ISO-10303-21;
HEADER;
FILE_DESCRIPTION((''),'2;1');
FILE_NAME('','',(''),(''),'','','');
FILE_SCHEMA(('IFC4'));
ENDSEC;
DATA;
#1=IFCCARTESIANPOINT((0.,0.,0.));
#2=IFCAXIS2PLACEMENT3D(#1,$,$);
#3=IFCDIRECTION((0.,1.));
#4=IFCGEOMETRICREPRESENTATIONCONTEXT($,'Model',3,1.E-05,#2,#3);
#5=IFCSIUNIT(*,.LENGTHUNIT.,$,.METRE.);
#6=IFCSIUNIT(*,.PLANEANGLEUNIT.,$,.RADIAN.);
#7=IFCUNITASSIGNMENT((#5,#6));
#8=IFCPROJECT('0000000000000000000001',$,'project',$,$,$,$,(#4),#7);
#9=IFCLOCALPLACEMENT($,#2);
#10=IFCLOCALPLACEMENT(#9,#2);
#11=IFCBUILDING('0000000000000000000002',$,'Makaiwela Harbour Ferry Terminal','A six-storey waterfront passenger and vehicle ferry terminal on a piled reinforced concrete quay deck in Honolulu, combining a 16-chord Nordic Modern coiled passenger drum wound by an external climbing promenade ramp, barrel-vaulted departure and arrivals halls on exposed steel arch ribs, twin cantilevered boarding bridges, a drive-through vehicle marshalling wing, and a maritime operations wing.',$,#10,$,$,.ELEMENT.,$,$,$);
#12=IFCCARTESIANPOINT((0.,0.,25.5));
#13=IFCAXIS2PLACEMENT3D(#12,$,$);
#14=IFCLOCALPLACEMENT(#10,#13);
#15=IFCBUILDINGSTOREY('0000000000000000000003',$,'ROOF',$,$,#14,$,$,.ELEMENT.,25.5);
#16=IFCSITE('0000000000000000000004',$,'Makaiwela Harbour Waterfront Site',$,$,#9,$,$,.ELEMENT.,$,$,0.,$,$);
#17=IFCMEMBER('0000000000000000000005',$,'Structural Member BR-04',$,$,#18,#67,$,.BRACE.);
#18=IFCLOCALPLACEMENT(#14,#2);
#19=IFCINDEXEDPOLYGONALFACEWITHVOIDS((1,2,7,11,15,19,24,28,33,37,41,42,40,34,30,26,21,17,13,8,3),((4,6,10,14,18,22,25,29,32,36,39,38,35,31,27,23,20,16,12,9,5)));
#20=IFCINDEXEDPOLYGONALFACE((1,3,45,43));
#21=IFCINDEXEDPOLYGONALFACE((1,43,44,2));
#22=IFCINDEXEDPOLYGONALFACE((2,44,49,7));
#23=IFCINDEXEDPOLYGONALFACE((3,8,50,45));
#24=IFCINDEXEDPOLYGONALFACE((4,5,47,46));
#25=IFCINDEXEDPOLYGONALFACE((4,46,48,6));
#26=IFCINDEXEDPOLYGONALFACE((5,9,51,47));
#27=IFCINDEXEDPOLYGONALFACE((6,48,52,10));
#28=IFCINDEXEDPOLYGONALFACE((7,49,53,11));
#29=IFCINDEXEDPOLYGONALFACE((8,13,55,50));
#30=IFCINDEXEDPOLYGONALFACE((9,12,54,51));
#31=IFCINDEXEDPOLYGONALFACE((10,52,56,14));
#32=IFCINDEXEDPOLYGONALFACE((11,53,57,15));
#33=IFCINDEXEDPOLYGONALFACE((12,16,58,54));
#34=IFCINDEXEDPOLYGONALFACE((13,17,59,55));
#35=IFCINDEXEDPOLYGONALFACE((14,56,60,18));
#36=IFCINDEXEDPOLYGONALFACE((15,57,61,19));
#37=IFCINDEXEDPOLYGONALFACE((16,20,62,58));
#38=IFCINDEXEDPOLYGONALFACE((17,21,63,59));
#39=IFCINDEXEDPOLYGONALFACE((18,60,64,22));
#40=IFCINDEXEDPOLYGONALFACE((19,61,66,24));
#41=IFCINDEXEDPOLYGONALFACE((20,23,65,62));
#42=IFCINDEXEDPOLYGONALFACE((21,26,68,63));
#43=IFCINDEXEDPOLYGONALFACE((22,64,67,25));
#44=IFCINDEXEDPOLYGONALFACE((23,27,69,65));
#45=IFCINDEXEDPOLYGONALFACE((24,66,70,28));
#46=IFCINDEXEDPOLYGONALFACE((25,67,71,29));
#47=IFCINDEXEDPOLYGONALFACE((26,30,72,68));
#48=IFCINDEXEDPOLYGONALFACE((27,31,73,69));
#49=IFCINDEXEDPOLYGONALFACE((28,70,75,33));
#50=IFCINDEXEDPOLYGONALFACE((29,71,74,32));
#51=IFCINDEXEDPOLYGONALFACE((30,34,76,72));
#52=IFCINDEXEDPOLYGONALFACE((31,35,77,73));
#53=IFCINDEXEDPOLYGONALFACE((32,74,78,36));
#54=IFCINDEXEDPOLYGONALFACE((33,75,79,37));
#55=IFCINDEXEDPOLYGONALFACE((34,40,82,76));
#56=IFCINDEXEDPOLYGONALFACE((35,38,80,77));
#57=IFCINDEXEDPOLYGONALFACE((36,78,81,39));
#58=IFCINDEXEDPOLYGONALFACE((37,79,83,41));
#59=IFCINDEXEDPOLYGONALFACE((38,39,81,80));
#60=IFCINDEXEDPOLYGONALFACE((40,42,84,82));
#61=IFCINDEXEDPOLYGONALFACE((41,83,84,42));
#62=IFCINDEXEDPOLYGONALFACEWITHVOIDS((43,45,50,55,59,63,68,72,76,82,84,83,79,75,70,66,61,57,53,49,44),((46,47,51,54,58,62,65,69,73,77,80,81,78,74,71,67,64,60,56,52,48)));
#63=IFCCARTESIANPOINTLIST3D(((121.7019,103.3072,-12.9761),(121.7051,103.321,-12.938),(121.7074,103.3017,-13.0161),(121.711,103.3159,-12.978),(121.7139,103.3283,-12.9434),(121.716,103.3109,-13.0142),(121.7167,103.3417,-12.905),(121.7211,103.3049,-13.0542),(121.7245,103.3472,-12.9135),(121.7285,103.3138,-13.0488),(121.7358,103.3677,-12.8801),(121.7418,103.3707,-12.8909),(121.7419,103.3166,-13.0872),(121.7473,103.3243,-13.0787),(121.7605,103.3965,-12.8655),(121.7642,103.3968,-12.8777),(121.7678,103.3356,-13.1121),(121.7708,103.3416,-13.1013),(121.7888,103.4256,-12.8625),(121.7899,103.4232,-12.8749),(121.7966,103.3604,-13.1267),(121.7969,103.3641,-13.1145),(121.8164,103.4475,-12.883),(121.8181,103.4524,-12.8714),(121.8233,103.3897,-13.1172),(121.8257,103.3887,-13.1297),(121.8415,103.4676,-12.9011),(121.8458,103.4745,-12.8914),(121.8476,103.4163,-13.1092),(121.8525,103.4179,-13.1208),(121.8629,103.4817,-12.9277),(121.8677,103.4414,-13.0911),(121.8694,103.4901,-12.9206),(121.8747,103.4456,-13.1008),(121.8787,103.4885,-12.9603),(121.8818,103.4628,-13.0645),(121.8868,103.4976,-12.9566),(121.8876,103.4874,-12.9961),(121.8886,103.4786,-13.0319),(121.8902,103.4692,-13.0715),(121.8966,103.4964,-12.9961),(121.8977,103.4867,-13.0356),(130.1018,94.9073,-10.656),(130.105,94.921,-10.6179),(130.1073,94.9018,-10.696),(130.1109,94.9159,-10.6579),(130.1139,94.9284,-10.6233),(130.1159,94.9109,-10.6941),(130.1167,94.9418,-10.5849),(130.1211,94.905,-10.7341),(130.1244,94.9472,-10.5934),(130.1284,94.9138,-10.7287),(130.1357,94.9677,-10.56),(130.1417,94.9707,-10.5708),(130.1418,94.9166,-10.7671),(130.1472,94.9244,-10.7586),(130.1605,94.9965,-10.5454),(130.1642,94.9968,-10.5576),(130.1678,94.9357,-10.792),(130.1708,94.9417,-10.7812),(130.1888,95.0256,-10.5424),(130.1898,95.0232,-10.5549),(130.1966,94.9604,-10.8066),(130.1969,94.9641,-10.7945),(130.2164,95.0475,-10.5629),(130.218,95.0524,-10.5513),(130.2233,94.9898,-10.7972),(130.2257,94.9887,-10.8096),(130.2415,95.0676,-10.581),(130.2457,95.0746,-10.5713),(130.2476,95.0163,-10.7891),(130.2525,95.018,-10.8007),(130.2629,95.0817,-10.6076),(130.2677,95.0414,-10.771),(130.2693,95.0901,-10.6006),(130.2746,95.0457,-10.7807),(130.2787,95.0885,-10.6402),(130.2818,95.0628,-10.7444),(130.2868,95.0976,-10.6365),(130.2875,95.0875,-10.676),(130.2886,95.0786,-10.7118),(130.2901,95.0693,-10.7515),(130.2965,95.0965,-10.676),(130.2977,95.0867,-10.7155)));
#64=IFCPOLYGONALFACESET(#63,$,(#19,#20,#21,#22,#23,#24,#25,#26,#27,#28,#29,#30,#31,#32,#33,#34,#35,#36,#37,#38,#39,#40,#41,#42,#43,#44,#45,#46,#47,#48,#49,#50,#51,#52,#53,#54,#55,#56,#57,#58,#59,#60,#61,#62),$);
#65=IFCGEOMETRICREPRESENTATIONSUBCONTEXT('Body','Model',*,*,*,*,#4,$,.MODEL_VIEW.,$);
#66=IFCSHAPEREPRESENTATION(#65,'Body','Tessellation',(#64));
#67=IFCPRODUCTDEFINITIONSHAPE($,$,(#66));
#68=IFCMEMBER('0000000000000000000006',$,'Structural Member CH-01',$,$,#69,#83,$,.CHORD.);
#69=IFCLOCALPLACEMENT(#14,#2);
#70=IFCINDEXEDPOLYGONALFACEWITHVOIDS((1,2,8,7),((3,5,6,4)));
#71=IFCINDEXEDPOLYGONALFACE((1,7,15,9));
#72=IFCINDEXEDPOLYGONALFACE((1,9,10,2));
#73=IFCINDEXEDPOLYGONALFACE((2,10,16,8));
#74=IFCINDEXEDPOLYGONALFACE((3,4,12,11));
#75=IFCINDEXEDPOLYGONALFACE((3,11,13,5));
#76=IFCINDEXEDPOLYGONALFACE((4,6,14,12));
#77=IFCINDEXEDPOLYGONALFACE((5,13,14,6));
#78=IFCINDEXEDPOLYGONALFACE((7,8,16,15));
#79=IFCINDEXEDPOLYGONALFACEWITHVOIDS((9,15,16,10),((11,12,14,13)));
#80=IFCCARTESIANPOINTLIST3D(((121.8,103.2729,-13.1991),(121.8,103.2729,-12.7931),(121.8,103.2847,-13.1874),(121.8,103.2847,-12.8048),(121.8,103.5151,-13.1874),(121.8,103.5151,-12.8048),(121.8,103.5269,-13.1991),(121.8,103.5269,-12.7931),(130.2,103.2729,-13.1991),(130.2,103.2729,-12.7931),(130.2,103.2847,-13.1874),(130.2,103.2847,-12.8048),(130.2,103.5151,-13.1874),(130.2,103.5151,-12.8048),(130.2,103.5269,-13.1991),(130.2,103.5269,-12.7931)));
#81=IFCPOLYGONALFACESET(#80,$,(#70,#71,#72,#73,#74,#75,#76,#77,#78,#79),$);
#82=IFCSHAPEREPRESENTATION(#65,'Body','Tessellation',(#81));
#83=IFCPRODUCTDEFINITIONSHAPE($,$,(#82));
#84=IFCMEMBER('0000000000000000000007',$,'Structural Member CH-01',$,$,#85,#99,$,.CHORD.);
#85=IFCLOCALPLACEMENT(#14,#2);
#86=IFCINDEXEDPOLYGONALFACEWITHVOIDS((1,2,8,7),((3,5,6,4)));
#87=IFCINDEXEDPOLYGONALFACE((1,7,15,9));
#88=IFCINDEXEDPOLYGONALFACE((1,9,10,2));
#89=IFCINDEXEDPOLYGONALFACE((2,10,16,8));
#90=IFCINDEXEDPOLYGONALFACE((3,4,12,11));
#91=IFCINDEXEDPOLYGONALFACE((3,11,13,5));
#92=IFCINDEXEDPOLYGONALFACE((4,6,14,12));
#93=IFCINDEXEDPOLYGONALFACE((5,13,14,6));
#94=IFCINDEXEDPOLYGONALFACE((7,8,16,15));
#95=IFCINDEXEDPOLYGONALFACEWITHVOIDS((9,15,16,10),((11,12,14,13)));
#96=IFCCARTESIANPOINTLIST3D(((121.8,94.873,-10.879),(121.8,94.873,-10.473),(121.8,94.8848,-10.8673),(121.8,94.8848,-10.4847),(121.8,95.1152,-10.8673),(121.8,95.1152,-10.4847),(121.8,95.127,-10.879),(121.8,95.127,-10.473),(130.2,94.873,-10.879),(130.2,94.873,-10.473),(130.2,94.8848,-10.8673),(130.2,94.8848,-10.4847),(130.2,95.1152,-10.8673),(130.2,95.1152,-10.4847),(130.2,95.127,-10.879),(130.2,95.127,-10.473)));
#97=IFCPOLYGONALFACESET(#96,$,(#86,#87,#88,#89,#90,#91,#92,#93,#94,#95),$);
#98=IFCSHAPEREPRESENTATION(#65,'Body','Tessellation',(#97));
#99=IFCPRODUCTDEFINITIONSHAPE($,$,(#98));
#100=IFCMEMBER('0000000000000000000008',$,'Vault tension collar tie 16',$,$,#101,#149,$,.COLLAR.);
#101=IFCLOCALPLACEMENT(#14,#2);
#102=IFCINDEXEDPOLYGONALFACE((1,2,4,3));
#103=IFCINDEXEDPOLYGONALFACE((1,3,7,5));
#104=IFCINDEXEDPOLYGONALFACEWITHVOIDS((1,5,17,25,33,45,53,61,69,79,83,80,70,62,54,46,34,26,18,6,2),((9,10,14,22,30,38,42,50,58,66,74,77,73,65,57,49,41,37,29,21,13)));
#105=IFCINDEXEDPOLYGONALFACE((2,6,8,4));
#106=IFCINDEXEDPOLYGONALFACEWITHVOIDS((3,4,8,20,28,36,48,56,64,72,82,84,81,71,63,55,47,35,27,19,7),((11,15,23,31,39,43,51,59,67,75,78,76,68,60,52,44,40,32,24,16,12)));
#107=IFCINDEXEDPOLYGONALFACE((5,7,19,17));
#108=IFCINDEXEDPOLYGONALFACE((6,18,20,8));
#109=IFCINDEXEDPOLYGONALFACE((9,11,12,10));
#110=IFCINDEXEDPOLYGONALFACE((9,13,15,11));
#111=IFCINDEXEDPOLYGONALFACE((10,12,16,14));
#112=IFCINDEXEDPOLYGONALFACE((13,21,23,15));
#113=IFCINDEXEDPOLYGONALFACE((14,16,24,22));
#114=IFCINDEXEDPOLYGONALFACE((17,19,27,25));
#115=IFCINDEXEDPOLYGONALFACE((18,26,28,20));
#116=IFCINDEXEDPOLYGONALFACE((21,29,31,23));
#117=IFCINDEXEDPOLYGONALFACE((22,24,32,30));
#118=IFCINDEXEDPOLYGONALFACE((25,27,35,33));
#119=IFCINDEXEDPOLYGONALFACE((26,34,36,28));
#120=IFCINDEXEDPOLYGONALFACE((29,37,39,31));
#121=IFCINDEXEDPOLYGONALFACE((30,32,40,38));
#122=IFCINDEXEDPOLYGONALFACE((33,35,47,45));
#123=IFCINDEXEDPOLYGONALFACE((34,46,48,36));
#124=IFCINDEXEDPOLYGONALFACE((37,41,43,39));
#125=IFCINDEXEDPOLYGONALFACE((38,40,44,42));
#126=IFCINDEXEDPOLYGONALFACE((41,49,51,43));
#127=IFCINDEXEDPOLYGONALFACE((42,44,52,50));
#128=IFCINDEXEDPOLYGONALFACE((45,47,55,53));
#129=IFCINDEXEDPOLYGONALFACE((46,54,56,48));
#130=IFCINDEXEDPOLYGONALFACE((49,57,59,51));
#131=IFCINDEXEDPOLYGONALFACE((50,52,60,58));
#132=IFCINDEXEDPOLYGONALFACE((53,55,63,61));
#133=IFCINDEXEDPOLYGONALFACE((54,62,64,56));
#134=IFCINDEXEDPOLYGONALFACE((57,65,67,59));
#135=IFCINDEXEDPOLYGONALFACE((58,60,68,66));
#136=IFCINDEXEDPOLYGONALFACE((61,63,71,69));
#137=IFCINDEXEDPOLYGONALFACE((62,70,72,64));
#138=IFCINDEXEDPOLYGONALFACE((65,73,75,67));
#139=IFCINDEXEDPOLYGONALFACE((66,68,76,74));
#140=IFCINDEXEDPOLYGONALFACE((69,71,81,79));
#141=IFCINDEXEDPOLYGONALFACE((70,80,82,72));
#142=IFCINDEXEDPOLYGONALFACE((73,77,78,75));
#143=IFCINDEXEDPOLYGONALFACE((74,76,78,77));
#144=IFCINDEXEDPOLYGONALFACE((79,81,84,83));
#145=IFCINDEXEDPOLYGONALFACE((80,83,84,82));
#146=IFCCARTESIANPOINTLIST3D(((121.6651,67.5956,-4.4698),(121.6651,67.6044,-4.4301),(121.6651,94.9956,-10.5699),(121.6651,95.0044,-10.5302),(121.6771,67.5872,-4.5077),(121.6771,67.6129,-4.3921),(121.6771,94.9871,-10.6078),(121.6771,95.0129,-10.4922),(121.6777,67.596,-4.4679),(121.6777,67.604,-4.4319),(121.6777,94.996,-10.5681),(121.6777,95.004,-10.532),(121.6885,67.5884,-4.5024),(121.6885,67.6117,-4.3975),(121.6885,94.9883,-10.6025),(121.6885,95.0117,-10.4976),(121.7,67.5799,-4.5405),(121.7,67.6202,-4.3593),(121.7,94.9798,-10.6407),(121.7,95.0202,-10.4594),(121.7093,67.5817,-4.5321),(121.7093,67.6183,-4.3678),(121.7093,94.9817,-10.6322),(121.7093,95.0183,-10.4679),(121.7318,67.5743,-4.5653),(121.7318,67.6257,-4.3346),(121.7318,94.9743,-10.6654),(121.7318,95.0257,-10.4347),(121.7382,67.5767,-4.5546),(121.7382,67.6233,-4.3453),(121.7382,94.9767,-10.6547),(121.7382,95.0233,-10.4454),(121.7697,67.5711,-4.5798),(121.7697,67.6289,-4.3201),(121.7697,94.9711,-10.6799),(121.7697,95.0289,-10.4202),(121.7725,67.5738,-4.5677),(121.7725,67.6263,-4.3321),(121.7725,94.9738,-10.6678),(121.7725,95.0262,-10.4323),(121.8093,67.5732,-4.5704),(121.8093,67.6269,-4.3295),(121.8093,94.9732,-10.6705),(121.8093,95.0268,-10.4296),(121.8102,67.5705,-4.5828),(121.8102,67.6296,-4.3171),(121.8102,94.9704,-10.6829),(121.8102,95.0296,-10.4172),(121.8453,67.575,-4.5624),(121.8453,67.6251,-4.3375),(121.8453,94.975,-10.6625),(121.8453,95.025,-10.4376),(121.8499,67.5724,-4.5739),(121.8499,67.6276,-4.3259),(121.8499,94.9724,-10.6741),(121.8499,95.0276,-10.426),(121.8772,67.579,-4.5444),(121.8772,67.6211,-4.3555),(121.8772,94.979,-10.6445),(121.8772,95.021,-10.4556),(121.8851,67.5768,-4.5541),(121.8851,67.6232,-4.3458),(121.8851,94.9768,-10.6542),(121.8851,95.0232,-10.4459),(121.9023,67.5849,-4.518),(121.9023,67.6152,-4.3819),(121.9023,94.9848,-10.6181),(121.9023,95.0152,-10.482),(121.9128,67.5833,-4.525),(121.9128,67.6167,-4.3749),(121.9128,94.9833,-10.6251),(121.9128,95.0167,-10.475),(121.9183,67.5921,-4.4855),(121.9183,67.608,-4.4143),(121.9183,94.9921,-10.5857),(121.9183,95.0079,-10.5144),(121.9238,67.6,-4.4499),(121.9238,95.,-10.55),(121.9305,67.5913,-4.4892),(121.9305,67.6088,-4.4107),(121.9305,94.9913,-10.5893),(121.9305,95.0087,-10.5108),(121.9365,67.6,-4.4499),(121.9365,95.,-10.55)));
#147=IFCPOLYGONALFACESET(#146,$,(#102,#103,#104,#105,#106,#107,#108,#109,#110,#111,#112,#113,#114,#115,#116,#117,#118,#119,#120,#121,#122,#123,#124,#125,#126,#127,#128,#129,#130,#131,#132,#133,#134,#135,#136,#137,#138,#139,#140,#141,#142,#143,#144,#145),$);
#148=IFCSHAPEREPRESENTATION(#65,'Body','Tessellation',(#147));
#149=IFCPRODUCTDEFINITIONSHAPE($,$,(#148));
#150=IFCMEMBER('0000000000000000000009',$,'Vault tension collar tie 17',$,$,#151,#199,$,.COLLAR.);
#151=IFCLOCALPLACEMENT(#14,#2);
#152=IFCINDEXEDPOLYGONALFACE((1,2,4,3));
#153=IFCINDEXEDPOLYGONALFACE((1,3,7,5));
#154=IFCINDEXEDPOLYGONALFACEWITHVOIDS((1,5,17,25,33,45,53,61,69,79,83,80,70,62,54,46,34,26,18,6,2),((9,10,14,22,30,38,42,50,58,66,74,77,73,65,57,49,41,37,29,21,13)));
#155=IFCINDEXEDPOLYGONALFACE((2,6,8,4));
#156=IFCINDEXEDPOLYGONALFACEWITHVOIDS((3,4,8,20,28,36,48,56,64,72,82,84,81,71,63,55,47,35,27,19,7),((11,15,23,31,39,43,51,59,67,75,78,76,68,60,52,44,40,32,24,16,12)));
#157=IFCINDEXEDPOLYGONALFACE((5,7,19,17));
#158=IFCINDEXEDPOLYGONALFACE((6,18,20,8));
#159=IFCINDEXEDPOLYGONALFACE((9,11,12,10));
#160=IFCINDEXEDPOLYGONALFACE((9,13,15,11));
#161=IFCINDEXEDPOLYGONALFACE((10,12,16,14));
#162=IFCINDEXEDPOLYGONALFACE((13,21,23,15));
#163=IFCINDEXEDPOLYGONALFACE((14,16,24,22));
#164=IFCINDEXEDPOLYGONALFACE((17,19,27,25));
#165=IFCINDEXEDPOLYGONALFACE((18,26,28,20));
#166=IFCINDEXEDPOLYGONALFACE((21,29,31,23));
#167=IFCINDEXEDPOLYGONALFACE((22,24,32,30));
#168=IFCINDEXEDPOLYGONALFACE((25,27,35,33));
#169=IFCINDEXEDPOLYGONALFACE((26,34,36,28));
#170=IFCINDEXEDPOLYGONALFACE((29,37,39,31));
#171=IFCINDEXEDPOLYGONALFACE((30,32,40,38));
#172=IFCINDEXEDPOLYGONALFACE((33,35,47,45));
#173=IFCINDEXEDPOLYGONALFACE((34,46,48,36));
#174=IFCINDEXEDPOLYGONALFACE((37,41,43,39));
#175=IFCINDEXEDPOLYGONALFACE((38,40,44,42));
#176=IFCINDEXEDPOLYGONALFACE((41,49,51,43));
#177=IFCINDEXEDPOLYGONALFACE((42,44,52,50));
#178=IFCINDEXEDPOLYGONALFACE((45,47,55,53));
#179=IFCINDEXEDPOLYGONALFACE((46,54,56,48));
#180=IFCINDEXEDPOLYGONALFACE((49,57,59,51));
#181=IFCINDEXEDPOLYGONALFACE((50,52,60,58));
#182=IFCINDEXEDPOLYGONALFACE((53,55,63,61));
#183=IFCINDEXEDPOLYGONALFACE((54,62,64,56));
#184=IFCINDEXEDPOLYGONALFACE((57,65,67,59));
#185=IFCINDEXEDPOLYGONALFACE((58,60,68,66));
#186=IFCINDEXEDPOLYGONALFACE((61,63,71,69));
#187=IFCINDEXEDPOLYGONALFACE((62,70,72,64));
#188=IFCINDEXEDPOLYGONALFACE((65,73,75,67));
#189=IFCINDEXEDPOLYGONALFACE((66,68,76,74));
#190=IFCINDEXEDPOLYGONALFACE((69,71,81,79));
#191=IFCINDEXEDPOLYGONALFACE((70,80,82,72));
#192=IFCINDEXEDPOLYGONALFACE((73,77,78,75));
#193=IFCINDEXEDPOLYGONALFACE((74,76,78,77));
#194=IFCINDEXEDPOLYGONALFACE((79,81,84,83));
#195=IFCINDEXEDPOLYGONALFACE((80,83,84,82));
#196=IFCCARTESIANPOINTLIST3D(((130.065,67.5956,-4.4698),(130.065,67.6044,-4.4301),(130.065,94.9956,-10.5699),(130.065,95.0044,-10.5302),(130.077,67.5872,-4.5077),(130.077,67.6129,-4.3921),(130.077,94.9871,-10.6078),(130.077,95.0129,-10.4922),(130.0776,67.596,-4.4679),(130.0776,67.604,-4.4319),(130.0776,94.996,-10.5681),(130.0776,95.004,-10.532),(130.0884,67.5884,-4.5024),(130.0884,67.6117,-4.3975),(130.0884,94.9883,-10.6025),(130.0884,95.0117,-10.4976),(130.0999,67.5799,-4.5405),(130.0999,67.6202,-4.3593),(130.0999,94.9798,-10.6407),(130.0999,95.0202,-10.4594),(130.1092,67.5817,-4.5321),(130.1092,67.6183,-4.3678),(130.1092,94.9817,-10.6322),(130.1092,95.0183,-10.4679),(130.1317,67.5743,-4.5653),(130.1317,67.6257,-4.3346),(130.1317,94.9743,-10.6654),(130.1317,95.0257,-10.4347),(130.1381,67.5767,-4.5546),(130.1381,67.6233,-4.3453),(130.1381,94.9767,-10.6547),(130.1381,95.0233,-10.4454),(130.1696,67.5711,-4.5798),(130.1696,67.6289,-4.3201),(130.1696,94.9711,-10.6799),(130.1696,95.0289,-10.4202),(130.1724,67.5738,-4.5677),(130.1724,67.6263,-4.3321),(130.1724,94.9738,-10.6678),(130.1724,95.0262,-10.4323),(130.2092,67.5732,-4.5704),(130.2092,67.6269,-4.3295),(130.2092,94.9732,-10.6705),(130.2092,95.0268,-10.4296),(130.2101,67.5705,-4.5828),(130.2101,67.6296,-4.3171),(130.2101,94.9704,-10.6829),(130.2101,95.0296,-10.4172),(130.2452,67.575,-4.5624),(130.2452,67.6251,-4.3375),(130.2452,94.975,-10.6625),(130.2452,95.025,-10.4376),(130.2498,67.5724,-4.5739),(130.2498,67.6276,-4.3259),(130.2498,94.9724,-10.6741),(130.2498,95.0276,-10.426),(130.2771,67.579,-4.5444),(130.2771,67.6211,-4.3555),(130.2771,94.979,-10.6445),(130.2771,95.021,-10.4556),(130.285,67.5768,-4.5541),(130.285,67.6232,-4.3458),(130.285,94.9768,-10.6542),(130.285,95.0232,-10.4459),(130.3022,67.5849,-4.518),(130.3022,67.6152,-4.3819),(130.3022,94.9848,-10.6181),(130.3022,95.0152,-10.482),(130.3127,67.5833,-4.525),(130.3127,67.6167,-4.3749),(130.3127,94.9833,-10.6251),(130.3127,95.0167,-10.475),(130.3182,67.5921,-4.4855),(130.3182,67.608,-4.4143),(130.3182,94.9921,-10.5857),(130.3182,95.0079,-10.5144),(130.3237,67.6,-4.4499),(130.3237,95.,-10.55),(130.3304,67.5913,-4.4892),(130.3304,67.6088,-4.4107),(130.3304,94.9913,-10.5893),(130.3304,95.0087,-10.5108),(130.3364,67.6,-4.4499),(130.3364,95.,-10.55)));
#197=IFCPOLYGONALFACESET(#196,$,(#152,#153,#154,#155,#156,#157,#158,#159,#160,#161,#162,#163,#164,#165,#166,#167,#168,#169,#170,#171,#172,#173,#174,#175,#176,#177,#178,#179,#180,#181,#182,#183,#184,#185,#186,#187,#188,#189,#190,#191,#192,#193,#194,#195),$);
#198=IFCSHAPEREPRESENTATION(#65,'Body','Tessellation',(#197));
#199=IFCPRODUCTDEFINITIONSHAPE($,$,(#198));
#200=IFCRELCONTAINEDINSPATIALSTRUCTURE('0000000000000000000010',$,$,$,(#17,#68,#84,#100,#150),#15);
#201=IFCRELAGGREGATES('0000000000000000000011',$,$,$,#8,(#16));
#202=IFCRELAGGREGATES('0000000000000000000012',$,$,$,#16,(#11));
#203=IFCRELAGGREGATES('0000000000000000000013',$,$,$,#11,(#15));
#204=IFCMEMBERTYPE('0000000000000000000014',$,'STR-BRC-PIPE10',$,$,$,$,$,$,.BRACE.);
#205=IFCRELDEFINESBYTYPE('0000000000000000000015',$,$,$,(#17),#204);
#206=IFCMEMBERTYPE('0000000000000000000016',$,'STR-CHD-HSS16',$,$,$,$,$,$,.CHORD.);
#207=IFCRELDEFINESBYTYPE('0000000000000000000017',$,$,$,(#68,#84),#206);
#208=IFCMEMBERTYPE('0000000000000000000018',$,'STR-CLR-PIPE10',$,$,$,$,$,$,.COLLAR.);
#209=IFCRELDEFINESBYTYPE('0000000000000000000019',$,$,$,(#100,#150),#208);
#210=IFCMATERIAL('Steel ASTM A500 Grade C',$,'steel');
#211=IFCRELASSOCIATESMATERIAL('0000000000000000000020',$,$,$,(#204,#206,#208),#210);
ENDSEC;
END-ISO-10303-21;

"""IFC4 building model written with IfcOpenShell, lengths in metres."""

from ifc_helpers import new_model, si_unit, direction, frame, origin, origin_2d, place, context, subcontext, project, spatial, hollow_rectangle, hollow_circle, extrude, material, material_profile, profile_set, type_object, element, save


model = new_model("IFC4")

# Units and contexts
model_context = context("Model", 3, precision=1e-05, world=origin(), true_north=direction((0.0, 1.0)))
body_context = subcontext(model_context, "Body", "Model", "MODEL_VIEW")
ifc_project = project(units=[si_unit("LENGTHUNIT", "METRE"), si_unit("PLANEANGLEUNIT", "RADIAN")], contexts=[model_context])

# Site, building, storey
site_placement = place(None, origin())
site = spatial("IfcSite", under=ifc_project, at=site_placement, Name="Makaiwela Harbour Waterfront Site", CompositionType="ELEMENT", RefElevation=0.0)
building_placement = place(site_placement, origin())
building = spatial("IfcBuilding", under=site, at=building_placement, Name="Makaiwela Harbour Ferry Terminal", Description="A six-storey waterfront passenger and vehicle ferry terminal on a piled reinforced concrete quay deck in Honolulu, combining a 16-chord Nordic Modern coiled passenger drum wound by an external climbing promenade ramp, barrel-vaulted departure and arrivals halls on exposed steel arch ribs, twin cantilevered boarding bridges, a drive-through vehicle marshalling wing, and a maritime operations wing.", CompositionType="ELEMENT")
storey_placement = place(building_placement, frame((0.0, 0.0, 25.5)))
storey = spatial("IfcBuildingStorey", under=building, at=storey_placement, Name="ROOF", CompositionType="ELEMENT", Elevation=25.5)

# Members
ifc_material_1 = material(Name="Steel ASTM A500 Grade C", Category="steel")
ifc_material_profile_1 = material_profile(ifc_material_1, hollow_circle(Radius=0.1365, WallThickness=0.0127, at=origin_2d()), Name="PIPE10XS")
ifc_profile_set_1 = profile_set([ifc_material_profile_1], Name="Steel ASTM A500 Grade C")
member_type_1 = type_object("IfcMemberType", Name="STR-BRC-PIPE10", PredefinedType="BRACE", material=ifc_profile_set_1)
member_1_placement = place(storey_placement, frame((121.8, 103.3999, -12.9961), z_axis=(0.693995, -0.693995, 0.191683), x_axis=(0.707107, 0.707107, 0.0)))
element("IfcMember", 1, at=member_1_placement, inside=storey, type_object=member_type_1, Name="Structural Member BR-04", PredefinedType="BRACE", context=body_context, shape_type="SweptSolid", body=[
    extrude(hollow_circle(Radius=0.1365, WallThickness=0.0127, at=origin_2d()), origin(), (0.0, 0.0, 1.0), 12.1038),
])
ifc_material_profile_2 = material_profile(ifc_material_1, hollow_rectangle(XDim=0.2539, YDim=0.406, WallThickness=0.0117, at=origin_2d()), Name="HSS16X10X1/2")
ifc_profile_set_2 = profile_set([ifc_material_profile_2], Name="Steel ASTM A500 Grade C")
member_type_2 = type_object("IfcMemberType", Name="STR-CHD-HSS16", PredefinedType="CHORD", material=ifc_profile_set_2)
for number, where, z_axis, x_axis, name in (
    (2, (121.8, 103.3999, -12.9961), (1.0, 0.0, 0.0), (0.0, 1.0, 0.0), "Structural Member CH-01"),
    (3, (121.8, 95.0, -10.676), (1.0, 0.0, 0.0), (0.0, 1.0, 0.0), "Structural Member CH-01"),
):
    element("IfcMember", number, at=place(storey_placement, frame(where, z_axis=z_axis, x_axis=x_axis)), inside=storey, type_object=member_type_2, Name=name, PredefinedType="CHORD", context=body_context, shape_type="SweptSolid", body=[
        extrude(hollow_rectangle(XDim=0.2539, YDim=0.406, WallThickness=0.0117, at=origin_2d()), origin(), (0.0, 0.0, 1.0), 8.3999),
    ])
ifc_material_profile_3 = material_profile(ifc_material_1, hollow_circle(Radius=0.1365, WallThickness=0.0127, at=origin_2d()), Name="PIPE10XS")
ifc_profile_set_3 = profile_set([ifc_material_profile_3], Name="Steel ASTM A500 Grade C")
member_type_3 = type_object("IfcMemberType", Name="STR-CLR-PIPE10", PredefinedType="COLLAR", material=ifc_profile_set_3)
for number, where, z_axis, x_axis, name in (
    (4, (121.8, 95.0, -10.55), (0.0, -0.976102, 0.217312), (1.0, 0.0, 0.0), "Vault tension collar tie 16"),
    (5, (130.2, 95.0, -10.55), (0.0, -0.976102, 0.217312), (1.0, 0.0, 0.0), "Vault tension collar tie 17"),
):
    element("IfcMember", number, at=place(storey_placement, frame(where, z_axis=z_axis, x_axis=x_axis)), inside=storey, type_object=member_type_3, Name=name, PredefinedType="COLLAR", context=body_context, shape_type="SweptSolid", body=[
        extrude(hollow_circle(Radius=0.1365, WallThickness=0.0127, at=origin_2d()), origin(), (0.0, 0.0, 1.0), 28.0708),
    ])

save(model, "model.ifc")
